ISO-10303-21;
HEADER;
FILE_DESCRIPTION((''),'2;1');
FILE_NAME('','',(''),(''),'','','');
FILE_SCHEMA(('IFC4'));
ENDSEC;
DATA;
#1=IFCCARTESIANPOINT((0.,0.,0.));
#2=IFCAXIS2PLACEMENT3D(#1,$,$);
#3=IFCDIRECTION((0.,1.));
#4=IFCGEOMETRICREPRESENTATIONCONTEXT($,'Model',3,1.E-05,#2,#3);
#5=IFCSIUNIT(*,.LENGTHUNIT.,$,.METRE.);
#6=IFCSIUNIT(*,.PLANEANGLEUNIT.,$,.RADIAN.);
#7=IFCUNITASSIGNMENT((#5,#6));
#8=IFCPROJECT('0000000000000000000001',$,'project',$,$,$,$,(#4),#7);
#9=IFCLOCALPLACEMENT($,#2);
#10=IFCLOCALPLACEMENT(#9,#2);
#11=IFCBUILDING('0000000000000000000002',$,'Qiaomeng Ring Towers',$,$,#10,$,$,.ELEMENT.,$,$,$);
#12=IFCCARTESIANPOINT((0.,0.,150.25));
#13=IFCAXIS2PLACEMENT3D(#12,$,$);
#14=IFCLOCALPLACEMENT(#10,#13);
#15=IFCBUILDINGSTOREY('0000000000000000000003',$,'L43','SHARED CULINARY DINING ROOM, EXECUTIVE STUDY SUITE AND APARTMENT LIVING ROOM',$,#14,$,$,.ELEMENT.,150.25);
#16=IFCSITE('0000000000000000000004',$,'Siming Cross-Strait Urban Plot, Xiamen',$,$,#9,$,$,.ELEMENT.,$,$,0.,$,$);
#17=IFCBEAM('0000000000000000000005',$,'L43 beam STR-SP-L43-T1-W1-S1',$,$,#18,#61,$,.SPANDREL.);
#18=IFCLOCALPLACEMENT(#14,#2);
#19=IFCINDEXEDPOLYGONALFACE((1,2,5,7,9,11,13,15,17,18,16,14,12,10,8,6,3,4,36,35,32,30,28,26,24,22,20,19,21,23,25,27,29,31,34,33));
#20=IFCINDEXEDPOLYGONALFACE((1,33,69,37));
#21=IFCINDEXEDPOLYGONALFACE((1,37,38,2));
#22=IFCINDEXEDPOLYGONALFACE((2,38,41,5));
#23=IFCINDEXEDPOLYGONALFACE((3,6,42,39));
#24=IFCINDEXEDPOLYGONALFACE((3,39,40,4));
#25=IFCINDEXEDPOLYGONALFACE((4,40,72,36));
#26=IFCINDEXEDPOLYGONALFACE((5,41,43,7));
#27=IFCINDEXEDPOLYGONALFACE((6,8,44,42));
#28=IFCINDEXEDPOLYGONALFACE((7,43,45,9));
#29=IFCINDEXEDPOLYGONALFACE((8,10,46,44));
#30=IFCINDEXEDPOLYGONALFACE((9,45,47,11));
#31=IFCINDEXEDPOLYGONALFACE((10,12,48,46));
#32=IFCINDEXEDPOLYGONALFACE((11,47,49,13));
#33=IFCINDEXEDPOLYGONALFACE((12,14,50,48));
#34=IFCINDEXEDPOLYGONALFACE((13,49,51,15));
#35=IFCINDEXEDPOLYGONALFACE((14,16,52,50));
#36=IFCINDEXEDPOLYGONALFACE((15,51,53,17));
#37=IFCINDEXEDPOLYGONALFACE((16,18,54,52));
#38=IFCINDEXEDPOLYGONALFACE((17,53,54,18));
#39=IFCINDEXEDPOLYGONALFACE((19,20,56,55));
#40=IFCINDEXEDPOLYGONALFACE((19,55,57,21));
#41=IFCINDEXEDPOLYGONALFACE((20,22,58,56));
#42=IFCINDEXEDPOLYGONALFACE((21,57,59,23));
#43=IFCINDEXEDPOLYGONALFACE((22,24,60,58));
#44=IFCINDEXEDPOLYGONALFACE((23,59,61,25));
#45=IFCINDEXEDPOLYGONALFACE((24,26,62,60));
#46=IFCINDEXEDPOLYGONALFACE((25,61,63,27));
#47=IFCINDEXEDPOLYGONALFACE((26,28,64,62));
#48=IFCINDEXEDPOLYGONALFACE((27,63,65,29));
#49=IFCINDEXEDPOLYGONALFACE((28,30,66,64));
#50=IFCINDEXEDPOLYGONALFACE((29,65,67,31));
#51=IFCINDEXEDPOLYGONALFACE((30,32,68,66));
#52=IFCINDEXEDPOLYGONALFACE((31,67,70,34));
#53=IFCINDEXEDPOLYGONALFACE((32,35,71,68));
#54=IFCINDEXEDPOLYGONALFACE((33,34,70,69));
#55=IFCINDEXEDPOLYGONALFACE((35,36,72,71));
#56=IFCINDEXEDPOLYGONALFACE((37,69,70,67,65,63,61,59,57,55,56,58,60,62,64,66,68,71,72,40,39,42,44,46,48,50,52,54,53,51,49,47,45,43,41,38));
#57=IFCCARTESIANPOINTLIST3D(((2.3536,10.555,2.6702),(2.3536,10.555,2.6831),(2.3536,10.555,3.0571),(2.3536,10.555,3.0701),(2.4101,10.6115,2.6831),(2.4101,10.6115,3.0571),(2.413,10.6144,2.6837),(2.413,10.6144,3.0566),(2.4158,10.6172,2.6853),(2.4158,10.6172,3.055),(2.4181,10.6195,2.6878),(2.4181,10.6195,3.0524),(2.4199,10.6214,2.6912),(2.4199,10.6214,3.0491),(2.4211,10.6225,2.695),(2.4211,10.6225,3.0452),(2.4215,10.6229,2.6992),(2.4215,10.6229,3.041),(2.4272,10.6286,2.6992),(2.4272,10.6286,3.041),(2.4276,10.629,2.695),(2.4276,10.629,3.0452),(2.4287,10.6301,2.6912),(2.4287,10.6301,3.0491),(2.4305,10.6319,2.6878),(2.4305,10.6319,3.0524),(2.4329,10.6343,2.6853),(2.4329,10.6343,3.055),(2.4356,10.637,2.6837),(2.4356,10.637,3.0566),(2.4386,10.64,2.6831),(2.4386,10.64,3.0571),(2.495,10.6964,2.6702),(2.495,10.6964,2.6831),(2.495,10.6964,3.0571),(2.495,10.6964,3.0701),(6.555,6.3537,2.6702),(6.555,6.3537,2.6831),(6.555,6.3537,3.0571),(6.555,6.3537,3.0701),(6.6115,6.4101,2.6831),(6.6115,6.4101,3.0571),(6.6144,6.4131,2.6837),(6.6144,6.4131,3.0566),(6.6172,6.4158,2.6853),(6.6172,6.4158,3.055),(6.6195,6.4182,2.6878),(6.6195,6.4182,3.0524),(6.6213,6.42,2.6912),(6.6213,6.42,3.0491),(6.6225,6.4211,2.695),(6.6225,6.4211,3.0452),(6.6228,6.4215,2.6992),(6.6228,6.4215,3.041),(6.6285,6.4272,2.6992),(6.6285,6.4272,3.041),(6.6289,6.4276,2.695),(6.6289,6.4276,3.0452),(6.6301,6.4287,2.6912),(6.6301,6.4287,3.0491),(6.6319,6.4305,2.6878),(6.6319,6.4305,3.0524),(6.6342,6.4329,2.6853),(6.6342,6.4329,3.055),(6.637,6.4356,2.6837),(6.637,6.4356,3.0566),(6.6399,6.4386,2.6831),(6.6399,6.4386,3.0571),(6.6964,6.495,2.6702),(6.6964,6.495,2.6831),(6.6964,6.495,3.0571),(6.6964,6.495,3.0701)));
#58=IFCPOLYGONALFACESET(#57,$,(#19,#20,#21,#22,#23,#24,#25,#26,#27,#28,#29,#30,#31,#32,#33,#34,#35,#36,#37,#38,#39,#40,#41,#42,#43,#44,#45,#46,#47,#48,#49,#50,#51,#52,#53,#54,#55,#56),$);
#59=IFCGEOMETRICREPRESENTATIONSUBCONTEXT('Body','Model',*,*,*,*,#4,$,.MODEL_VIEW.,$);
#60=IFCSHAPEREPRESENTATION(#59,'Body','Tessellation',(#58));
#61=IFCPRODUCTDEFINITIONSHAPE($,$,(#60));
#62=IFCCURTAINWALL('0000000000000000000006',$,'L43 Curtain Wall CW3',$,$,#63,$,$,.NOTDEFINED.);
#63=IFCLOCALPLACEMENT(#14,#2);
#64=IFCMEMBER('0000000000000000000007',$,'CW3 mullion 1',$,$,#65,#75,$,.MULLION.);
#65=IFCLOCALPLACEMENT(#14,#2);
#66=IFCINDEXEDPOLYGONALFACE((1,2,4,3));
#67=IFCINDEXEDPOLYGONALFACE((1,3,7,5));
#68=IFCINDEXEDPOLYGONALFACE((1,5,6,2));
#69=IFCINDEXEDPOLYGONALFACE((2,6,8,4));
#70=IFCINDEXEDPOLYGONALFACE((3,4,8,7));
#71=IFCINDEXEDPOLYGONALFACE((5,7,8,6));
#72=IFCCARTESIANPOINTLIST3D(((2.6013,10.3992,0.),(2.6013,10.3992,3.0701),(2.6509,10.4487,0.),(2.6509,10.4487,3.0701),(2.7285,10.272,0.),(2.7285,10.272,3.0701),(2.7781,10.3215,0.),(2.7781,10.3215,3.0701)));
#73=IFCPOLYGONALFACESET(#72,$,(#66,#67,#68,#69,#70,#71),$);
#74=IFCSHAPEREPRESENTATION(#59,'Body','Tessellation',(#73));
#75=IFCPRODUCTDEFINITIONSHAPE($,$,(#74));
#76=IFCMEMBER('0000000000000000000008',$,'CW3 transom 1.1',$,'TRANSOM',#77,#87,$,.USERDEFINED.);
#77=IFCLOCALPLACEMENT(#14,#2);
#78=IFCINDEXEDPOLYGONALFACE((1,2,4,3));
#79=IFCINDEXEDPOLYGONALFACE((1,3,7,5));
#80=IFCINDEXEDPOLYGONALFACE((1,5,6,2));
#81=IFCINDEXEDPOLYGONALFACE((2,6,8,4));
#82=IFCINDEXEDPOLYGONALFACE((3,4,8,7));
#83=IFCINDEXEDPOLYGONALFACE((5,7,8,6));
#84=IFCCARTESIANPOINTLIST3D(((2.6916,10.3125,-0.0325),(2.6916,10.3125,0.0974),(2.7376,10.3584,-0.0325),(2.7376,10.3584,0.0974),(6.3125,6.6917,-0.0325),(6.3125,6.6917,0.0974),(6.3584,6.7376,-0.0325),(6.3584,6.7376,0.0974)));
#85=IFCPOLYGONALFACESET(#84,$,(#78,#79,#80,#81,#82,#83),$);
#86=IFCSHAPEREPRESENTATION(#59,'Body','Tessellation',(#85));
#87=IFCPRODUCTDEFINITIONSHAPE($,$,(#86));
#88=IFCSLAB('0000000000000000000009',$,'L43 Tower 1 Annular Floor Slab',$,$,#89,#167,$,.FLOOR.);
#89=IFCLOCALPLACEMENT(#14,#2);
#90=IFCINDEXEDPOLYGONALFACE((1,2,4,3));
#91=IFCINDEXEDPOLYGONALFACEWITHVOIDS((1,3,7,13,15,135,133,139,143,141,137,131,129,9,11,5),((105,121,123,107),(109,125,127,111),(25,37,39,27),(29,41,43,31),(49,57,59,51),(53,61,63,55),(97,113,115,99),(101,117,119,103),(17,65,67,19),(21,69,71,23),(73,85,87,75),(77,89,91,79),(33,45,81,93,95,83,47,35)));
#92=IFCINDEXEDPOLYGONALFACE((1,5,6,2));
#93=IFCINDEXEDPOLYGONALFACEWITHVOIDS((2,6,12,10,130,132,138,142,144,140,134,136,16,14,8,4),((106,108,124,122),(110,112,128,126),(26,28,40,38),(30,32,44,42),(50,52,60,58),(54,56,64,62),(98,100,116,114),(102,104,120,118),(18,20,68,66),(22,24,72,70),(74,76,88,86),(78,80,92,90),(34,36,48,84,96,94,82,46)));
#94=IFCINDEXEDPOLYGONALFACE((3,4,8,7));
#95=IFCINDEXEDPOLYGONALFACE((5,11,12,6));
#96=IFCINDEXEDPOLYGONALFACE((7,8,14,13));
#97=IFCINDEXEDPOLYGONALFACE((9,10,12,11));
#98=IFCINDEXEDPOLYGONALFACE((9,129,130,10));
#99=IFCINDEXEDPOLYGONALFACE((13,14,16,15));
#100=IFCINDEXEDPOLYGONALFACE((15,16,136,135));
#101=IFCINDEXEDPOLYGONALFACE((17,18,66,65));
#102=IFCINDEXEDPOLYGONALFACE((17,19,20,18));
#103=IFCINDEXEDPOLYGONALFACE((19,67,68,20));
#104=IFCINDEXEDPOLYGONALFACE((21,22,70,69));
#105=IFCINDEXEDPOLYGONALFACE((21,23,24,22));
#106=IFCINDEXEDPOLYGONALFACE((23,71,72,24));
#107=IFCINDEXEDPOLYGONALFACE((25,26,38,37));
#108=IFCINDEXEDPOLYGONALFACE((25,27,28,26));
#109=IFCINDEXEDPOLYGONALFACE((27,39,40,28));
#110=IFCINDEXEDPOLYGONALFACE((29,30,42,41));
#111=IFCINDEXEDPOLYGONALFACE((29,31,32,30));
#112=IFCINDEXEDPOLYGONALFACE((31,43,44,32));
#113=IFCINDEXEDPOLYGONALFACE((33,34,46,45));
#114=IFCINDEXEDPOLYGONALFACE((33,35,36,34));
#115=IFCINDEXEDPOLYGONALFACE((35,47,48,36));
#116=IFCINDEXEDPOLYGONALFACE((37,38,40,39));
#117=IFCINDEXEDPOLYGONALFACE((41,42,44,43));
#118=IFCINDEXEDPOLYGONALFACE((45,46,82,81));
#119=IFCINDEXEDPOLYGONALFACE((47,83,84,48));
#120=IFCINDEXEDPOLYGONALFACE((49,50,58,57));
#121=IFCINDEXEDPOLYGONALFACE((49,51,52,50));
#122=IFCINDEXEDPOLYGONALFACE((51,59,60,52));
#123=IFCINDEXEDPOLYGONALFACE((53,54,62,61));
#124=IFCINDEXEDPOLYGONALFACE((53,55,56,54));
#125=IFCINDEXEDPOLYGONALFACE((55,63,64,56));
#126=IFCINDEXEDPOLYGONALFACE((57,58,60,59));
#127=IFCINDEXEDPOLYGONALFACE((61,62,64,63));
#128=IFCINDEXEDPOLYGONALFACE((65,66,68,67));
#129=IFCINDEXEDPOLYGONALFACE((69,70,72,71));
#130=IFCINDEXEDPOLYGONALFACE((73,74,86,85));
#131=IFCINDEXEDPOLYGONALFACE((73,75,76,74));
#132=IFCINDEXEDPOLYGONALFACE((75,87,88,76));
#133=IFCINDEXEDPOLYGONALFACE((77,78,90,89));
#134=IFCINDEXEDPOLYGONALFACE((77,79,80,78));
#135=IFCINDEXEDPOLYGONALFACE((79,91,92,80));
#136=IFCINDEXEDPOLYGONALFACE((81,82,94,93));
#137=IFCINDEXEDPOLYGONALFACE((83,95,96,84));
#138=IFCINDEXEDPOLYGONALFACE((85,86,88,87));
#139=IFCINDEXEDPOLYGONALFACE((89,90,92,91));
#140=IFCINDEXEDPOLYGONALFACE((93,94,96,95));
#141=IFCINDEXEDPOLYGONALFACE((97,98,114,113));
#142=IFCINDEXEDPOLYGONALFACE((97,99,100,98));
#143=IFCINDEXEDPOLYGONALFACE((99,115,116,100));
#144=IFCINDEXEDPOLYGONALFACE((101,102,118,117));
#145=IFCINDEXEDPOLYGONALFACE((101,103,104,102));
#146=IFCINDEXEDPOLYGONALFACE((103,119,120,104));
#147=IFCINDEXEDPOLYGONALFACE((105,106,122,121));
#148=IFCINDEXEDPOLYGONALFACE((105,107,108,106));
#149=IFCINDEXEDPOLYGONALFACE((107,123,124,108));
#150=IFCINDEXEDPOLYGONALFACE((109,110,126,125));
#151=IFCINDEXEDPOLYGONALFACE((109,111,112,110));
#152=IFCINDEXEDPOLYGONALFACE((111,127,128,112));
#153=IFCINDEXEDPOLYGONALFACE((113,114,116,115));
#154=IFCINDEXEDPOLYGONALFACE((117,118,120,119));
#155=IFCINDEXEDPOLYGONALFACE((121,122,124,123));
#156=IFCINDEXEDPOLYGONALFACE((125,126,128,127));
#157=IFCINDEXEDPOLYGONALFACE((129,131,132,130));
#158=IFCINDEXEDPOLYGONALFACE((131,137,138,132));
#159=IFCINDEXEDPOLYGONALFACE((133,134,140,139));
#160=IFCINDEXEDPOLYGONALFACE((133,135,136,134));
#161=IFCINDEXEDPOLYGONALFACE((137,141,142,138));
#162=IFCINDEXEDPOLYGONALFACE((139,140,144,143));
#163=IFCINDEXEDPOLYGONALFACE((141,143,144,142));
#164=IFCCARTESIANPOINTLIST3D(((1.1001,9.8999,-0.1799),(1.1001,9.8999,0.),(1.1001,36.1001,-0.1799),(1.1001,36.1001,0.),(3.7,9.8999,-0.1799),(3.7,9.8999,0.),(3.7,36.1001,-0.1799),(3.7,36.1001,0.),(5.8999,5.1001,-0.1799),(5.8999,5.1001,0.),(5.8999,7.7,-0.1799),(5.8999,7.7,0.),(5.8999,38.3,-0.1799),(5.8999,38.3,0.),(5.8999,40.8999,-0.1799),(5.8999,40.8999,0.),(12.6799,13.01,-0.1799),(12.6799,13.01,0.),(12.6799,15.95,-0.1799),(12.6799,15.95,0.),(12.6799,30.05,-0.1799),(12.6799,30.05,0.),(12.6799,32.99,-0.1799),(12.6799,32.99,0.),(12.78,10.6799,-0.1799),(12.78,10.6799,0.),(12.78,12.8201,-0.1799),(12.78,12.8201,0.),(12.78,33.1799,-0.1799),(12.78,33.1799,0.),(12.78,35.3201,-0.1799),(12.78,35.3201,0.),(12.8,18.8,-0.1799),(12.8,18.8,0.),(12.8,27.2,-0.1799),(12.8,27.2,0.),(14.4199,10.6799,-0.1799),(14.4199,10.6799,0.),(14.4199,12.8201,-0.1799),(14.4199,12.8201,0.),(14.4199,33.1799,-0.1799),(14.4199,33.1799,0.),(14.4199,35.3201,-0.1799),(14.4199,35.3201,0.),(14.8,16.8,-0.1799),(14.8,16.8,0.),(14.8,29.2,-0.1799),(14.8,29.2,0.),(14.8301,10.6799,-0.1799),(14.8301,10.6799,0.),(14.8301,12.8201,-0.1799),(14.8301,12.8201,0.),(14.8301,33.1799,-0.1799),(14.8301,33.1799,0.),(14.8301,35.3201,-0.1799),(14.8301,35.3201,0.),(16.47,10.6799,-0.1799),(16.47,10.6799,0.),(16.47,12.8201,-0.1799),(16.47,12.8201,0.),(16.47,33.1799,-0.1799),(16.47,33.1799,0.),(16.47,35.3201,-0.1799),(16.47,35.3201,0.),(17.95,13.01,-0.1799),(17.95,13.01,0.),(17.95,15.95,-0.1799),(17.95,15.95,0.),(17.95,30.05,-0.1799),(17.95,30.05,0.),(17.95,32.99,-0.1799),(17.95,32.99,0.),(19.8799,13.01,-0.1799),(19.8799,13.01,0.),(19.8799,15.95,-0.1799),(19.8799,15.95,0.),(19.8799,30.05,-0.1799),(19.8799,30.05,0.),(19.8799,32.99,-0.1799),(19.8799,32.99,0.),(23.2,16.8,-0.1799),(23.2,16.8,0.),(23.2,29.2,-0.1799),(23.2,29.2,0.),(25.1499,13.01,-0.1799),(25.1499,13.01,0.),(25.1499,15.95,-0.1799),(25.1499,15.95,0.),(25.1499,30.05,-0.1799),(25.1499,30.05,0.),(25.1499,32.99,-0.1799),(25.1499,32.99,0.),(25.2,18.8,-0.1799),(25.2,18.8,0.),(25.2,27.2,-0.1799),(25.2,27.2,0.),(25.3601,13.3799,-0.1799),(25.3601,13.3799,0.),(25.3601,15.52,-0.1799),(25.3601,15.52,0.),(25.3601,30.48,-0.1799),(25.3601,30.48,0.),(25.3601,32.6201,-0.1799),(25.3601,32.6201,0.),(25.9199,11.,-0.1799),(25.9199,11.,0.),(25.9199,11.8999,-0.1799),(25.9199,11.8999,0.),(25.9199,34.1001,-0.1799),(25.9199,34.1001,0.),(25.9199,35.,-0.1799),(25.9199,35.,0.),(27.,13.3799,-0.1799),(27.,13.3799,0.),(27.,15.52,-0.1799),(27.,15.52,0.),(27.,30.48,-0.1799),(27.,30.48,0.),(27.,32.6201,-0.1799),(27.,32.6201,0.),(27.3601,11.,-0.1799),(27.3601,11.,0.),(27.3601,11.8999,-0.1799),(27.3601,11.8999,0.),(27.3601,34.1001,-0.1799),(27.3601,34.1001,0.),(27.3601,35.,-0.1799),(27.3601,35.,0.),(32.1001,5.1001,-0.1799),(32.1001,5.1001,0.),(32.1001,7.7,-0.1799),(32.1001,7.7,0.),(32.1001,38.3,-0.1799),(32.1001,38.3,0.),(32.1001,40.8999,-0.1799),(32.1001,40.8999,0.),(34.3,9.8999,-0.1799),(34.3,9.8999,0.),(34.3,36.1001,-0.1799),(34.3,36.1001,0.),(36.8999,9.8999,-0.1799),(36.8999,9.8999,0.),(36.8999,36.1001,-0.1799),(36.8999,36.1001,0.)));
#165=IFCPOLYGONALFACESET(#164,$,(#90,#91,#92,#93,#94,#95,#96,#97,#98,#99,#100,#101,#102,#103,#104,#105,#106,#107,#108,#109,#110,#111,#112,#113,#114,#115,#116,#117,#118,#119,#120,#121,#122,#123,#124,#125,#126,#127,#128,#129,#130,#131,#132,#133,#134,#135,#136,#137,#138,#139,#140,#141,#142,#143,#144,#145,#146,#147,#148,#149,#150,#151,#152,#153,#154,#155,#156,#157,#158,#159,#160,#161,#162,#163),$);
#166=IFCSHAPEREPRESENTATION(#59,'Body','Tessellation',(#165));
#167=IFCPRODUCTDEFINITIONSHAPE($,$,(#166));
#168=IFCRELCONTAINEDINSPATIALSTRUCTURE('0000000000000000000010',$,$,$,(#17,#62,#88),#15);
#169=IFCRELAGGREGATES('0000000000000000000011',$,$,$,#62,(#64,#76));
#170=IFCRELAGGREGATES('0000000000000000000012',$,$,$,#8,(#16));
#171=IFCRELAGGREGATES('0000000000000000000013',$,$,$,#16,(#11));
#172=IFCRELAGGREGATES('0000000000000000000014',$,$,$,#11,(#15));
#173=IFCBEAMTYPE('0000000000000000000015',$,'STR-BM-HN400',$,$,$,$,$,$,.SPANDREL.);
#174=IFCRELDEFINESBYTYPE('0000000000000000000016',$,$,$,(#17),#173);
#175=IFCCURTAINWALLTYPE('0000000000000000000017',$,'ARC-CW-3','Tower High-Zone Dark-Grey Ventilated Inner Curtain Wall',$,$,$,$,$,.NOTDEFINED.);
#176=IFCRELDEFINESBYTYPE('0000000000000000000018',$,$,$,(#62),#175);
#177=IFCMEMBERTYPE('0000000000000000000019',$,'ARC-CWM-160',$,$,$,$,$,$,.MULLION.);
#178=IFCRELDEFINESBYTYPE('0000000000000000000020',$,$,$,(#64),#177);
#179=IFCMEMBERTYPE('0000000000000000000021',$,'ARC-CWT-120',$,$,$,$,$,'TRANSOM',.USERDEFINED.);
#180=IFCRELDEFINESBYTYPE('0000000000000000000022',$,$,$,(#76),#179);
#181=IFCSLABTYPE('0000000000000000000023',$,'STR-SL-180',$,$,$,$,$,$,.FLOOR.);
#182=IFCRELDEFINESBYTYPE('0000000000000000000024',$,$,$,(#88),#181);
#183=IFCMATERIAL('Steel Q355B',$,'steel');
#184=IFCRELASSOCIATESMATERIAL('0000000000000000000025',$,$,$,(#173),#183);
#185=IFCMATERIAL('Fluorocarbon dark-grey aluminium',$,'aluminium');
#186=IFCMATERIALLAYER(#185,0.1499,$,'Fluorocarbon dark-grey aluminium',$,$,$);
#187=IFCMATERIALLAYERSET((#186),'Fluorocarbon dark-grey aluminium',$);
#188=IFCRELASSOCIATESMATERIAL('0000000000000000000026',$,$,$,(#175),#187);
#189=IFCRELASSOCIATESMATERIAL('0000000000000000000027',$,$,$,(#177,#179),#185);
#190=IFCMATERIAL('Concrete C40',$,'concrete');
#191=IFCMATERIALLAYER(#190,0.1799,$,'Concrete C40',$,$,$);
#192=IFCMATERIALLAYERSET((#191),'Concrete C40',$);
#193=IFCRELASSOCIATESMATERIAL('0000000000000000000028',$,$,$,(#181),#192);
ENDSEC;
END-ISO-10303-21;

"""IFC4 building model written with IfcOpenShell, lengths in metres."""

from ifc_helpers import new_model, si_unit, direction, frame, origin, origin_2d, place, context, subcontext, project, spatial, polyline, rectangle, i_section, outline, extrude, source, transform, mapped, material, layer, layer_set, material_profile, profile_set, type_object, element, aggregate, save


model = new_model("IFC4")

# Units and contexts
model_context = context("Model", 3, precision=1e-05, world=origin(), true_north=direction((0.0, 1.0)))
body_context = subcontext(model_context, "Body", "Model", "MODEL_VIEW")
ifc_project = project(units=[si_unit("LENGTHUNIT", "METRE"), si_unit("PLANEANGLEUNIT", "RADIAN")], contexts=[model_context])

# Site, building, storey
site_placement = place(None, origin())
site = spatial("IfcSite", under=ifc_project, at=site_placement, Name="Siming Cross-Strait Urban Plot, Xiamen", CompositionType="ELEMENT", RefElevation=0.0)
building_placement = place(site_placement, origin())
building = spatial("IfcBuilding", under=site, at=building_placement, Name="Qiaomeng Ring Towers", CompositionType="ELEMENT")
storey_placement = place(building_placement, frame((0.0, 0.0, 150.25)))
storey = spatial("IfcBuildingStorey", under=building, at=storey_placement, Name="L43", Description="SHARED CULINARY DINING ROOM, EXECUTIVE STUDY SUITE AND APARTMENT LIVING ROOM", CompositionType="ELEMENT", Elevation=150.25)

# Beam
ifc_material_1 = material(Name="Steel Q355B", Category="steel")
ifc_material_profile_1 = material_profile(ifc_material_1, i_section(OverallWidth=0.2, OverallDepth=0.3999, WebThickness=0.0081, FlangeThickness=0.0129, FilletRadius=0.0161, at=origin_2d()), Name="HN 400x200x8x13")
ifc_profile_set_1 = profile_set([ifc_material_profile_1], Name="Steel Q355B")
beam_type = type_object("IfcBeamType", Name="STR-BM-HN400", PredefinedType="SPANDREL", material=ifc_profile_set_1)
shared_shape_1 = source(origin(), body_context, "Body", "SweptSolid", [
    extrude(i_section(OverallWidth=0.2, OverallDepth=0.3999, WebThickness=0.0081, FlangeThickness=0.0129, FilletRadius=0.0161, at=origin_2d()), origin(), (0.0, 0.0, 1.0), 5.9417),
])
beam_placement = place(storey_placement, frame((2.4243, 10.6257, 2.8701), z_axis=(0.707107, -0.707107, 0.0), x_axis=(0.707107, 0.707107, 0.0)))
element("IfcBeam", 1, at=beam_placement, inside=storey, type_object=beam_type, Name="L43 beam STR-SP-L43-T1-W1-S1", PredefinedType="SPANDREL", context=body_context, shape_type="MappedRepresentation", body=[
    mapped(shared_shape_1, transform((0.0, 0.0, 0.0), x_axis=(1.0, 0.0, 0.0), y_axis=(0.0, 1.0, 0.0), z_axis=(0.0, 0.0, 1.0), scale=1.0)),
])

# Curtain wall, members
ifc_material_2 = material(Name="Fluorocarbon dark-grey aluminium", Category="aluminium")
ifc_layer_1 = layer(ifc_material_2, 0.1499, Name="Fluorocarbon dark-grey aluminium")
ifc_layer_set_1 = layer_set([ifc_layer_1], Name="Fluorocarbon dark-grey aluminium")
curtain_wall_type = type_object("IfcCurtainWallType", Name="ARC-CW-3", Description="Tower High-Zone Dark-Grey Ventilated Inner Curtain Wall", PredefinedType="NOTDEFINED", material=ifc_layer_set_1)
curtain_wall_placement = place(storey_placement, origin())
curtain_wall = element("IfcCurtainWall", 2, at=curtain_wall_placement, inside=storey, type_object=curtain_wall_type, Name="L43 Curtain Wall CW3", PredefinedType="NOTDEFINED")
ifc_material_profile_2 = material_profile(ifc_material_2, rectangle(XDim=0.0701, YDim=0.1799, at=origin_2d()), Name="ALU MULL 70x180")
ifc_profile_set_2 = profile_set([ifc_material_profile_2], Name="Fluorocarbon dark-grey aluminium")
member_type_1 = type_object("IfcMemberType", Name="ARC-CWM-160", PredefinedType="MULLION", material=ifc_profile_set_2)
shared_shape_2 = source(origin(), body_context, "Body", "SweptSolid", [
    extrude(rectangle(XDim=0.0701, YDim=0.1799, at=origin_2d()), origin(), (0.0, 0.0, 1.0), 3.0701),
])
member_1_placement = place(storey_placement, frame((2.6897, 10.3604, 0.0), z_axis=(0.0, 0.0, 1.0), x_axis=(0.707107, 0.707107, 0.0)))
member_1 = element("IfcMember", 3, at=member_1_placement, type_object=member_type_1, Name="CW3 mullion 1", PredefinedType="MULLION", context=body_context, shape_type="MappedRepresentation", body=[
    mapped(shared_shape_2, transform((0.0, 0.0, 0.0), x_axis=(1.0, 0.0, 0.0), y_axis=(0.0, 1.0, 0.0), z_axis=(0.0, 0.0, 1.0), scale=1.0)),
])
ifc_material_profile_3 = material_profile(ifc_material_2, rectangle(XDim=0.0649, YDim=0.1299, at=origin_2d()), Name="ALU TRAN 65x130")
ifc_profile_set_3 = profile_set([ifc_material_profile_3], Name="Fluorocarbon dark-grey aluminium")
member_type_2 = type_object("IfcMemberType", Name="ARC-CWT-120", ElementType="TRANSOM", PredefinedType="USERDEFINED", material=ifc_profile_set_3)
shared_shape_3 = source(origin(), body_context, "Body", "SweptSolid", [
    extrude(rectangle(XDim=0.0649, YDim=0.1299, at=origin_2d()), origin(), (0.0, 0.0, 1.0), 5.1206),
])
member_2_placement = place(storey_placement, frame((2.7146, 10.3354, 0.0325), z_axis=(0.707107, -0.707107, 0.0), x_axis=(0.707107, 0.707107, 0.0)))
member_2 = element("IfcMember", 4, at=member_2_placement, type_object=member_type_2, Name="CW3 transom 1.1", ObjectType="TRANSOM", PredefinedType="USERDEFINED", context=body_context, shape_type="MappedRepresentation", body=[
    mapped(shared_shape_3, transform((0.0, 0.0, 0.0), x_axis=(1.0, 0.0, 0.0), y_axis=(0.0, 1.0, 0.0), z_axis=(0.0, 0.0, 1.0), scale=1.0)),
])
aggregate(curtain_wall, [member_1, member_2])

# Slab
ifc_material_3 = material(Name="Concrete C40", Category="concrete")
ifc_layer_2 = layer(ifc_material_3, 0.1799, Name="Concrete C40")
ifc_layer_set_2 = layer_set([ifc_layer_2], Name="Concrete C40")
slab_type_1 = type_object("IfcSlabType", Name="STR-SL-180", PredefinedType="FLOOR", material=ifc_layer_set_2)
slab_1_placement = place(storey_placement, frame((0.0, 0.0, -0.1799)))
element("IfcSlab", 5, at=slab_1_placement, inside=storey, type_object=slab_type_1, Name="L43 Tower 1 Annular Floor Slab", PredefinedType="FLOOR", context=body_context, shape_type="SweptSolid", body=[
    extrude(outline(polyline([(5.8999, 5.1001), (32.1001, 5.1001), (32.1001, 7.7), (34.3, 9.8999), (36.8999, 9.8999), (36.8999, 36.1001), (34.3, 36.1001), (32.1001, 38.3), (32.1001, 40.8999), (5.8999, 40.8999), (5.8999, 38.3), (3.7, 36.1001), (1.1001, 36.1001), (1.1001, 9.8999), (3.7, 9.8999), (5.8999, 7.7), (5.8999, 5.1001)]), holes=[polyline([(12.78, 10.6799), (12.78, 12.8201), (14.4199, 12.8201), (14.4199, 10.6799), (12.78, 10.6799)]), polyline([(14.8301, 12.8201), (16.47, 12.8201), (16.47, 10.6799), (14.8301, 10.6799), (14.8301, 12.8201)]), polyline([(12.6799, 15.95), (17.95, 15.95), (17.95, 13.01), (12.6799, 13.01), (12.6799, 15.95)]), polyline([(23.2, 29.2), (25.2, 27.2), (25.2, 18.8), (23.2, 16.8), (14.8, 16.8), (12.8, 18.8), (12.8, 27.2), (14.8, 29.2), (23.2, 29.2)]), polyline([(12.6799, 32.99), (17.95, 32.99), (17.95, 30.05), (12.6799, 30.05), (12.6799, 32.99)]), polyline([(12.78, 35.3201), (14.4199, 35.3201), (14.4199, 33.1799), (12.78, 33.1799), (12.78, 35.3201)]), polyline([(14.8301, 33.1799), (14.8301, 35.3201), (16.47, 35.3201), (16.47, 33.1799), (14.8301, 33.1799)]), polyline([(25.9199, 11.8999), (27.3601, 11.8999), (27.3601, 11.0), (25.9199, 11.0), (25.9199, 11.8999)]), polyline([(25.3601, 15.52), (27.0, 15.52), (27.0, 13.3799), (25.3601, 13.3799), (25.3601, 15.52)]), polyline([(19.8799, 15.95), (25.1499, 15.95), (25.1499, 13.01), (19.8799, 13.01), (19.8799, 15.95)]), polyline([(19.8799, 32.99), (25.1499, 32.99), (25.1499, 30.05), (19.8799, 30.05), (19.8799, 32.99)]), polyline([(25.3601, 32.6201), (27.0, 32.6201), (27.0, 30.48), (25.3601, 30.48), (25.3601, 32.6201)]), polyline([(25.9199, 35.0), (27.3601, 35.0), (27.3601, 34.1001), (25.9199, 34.1001), (25.9199, 35.0)])]), origin(), (0.0, 0.0, 1.0), 0.1799),
])

save(model, "model.ifc")
